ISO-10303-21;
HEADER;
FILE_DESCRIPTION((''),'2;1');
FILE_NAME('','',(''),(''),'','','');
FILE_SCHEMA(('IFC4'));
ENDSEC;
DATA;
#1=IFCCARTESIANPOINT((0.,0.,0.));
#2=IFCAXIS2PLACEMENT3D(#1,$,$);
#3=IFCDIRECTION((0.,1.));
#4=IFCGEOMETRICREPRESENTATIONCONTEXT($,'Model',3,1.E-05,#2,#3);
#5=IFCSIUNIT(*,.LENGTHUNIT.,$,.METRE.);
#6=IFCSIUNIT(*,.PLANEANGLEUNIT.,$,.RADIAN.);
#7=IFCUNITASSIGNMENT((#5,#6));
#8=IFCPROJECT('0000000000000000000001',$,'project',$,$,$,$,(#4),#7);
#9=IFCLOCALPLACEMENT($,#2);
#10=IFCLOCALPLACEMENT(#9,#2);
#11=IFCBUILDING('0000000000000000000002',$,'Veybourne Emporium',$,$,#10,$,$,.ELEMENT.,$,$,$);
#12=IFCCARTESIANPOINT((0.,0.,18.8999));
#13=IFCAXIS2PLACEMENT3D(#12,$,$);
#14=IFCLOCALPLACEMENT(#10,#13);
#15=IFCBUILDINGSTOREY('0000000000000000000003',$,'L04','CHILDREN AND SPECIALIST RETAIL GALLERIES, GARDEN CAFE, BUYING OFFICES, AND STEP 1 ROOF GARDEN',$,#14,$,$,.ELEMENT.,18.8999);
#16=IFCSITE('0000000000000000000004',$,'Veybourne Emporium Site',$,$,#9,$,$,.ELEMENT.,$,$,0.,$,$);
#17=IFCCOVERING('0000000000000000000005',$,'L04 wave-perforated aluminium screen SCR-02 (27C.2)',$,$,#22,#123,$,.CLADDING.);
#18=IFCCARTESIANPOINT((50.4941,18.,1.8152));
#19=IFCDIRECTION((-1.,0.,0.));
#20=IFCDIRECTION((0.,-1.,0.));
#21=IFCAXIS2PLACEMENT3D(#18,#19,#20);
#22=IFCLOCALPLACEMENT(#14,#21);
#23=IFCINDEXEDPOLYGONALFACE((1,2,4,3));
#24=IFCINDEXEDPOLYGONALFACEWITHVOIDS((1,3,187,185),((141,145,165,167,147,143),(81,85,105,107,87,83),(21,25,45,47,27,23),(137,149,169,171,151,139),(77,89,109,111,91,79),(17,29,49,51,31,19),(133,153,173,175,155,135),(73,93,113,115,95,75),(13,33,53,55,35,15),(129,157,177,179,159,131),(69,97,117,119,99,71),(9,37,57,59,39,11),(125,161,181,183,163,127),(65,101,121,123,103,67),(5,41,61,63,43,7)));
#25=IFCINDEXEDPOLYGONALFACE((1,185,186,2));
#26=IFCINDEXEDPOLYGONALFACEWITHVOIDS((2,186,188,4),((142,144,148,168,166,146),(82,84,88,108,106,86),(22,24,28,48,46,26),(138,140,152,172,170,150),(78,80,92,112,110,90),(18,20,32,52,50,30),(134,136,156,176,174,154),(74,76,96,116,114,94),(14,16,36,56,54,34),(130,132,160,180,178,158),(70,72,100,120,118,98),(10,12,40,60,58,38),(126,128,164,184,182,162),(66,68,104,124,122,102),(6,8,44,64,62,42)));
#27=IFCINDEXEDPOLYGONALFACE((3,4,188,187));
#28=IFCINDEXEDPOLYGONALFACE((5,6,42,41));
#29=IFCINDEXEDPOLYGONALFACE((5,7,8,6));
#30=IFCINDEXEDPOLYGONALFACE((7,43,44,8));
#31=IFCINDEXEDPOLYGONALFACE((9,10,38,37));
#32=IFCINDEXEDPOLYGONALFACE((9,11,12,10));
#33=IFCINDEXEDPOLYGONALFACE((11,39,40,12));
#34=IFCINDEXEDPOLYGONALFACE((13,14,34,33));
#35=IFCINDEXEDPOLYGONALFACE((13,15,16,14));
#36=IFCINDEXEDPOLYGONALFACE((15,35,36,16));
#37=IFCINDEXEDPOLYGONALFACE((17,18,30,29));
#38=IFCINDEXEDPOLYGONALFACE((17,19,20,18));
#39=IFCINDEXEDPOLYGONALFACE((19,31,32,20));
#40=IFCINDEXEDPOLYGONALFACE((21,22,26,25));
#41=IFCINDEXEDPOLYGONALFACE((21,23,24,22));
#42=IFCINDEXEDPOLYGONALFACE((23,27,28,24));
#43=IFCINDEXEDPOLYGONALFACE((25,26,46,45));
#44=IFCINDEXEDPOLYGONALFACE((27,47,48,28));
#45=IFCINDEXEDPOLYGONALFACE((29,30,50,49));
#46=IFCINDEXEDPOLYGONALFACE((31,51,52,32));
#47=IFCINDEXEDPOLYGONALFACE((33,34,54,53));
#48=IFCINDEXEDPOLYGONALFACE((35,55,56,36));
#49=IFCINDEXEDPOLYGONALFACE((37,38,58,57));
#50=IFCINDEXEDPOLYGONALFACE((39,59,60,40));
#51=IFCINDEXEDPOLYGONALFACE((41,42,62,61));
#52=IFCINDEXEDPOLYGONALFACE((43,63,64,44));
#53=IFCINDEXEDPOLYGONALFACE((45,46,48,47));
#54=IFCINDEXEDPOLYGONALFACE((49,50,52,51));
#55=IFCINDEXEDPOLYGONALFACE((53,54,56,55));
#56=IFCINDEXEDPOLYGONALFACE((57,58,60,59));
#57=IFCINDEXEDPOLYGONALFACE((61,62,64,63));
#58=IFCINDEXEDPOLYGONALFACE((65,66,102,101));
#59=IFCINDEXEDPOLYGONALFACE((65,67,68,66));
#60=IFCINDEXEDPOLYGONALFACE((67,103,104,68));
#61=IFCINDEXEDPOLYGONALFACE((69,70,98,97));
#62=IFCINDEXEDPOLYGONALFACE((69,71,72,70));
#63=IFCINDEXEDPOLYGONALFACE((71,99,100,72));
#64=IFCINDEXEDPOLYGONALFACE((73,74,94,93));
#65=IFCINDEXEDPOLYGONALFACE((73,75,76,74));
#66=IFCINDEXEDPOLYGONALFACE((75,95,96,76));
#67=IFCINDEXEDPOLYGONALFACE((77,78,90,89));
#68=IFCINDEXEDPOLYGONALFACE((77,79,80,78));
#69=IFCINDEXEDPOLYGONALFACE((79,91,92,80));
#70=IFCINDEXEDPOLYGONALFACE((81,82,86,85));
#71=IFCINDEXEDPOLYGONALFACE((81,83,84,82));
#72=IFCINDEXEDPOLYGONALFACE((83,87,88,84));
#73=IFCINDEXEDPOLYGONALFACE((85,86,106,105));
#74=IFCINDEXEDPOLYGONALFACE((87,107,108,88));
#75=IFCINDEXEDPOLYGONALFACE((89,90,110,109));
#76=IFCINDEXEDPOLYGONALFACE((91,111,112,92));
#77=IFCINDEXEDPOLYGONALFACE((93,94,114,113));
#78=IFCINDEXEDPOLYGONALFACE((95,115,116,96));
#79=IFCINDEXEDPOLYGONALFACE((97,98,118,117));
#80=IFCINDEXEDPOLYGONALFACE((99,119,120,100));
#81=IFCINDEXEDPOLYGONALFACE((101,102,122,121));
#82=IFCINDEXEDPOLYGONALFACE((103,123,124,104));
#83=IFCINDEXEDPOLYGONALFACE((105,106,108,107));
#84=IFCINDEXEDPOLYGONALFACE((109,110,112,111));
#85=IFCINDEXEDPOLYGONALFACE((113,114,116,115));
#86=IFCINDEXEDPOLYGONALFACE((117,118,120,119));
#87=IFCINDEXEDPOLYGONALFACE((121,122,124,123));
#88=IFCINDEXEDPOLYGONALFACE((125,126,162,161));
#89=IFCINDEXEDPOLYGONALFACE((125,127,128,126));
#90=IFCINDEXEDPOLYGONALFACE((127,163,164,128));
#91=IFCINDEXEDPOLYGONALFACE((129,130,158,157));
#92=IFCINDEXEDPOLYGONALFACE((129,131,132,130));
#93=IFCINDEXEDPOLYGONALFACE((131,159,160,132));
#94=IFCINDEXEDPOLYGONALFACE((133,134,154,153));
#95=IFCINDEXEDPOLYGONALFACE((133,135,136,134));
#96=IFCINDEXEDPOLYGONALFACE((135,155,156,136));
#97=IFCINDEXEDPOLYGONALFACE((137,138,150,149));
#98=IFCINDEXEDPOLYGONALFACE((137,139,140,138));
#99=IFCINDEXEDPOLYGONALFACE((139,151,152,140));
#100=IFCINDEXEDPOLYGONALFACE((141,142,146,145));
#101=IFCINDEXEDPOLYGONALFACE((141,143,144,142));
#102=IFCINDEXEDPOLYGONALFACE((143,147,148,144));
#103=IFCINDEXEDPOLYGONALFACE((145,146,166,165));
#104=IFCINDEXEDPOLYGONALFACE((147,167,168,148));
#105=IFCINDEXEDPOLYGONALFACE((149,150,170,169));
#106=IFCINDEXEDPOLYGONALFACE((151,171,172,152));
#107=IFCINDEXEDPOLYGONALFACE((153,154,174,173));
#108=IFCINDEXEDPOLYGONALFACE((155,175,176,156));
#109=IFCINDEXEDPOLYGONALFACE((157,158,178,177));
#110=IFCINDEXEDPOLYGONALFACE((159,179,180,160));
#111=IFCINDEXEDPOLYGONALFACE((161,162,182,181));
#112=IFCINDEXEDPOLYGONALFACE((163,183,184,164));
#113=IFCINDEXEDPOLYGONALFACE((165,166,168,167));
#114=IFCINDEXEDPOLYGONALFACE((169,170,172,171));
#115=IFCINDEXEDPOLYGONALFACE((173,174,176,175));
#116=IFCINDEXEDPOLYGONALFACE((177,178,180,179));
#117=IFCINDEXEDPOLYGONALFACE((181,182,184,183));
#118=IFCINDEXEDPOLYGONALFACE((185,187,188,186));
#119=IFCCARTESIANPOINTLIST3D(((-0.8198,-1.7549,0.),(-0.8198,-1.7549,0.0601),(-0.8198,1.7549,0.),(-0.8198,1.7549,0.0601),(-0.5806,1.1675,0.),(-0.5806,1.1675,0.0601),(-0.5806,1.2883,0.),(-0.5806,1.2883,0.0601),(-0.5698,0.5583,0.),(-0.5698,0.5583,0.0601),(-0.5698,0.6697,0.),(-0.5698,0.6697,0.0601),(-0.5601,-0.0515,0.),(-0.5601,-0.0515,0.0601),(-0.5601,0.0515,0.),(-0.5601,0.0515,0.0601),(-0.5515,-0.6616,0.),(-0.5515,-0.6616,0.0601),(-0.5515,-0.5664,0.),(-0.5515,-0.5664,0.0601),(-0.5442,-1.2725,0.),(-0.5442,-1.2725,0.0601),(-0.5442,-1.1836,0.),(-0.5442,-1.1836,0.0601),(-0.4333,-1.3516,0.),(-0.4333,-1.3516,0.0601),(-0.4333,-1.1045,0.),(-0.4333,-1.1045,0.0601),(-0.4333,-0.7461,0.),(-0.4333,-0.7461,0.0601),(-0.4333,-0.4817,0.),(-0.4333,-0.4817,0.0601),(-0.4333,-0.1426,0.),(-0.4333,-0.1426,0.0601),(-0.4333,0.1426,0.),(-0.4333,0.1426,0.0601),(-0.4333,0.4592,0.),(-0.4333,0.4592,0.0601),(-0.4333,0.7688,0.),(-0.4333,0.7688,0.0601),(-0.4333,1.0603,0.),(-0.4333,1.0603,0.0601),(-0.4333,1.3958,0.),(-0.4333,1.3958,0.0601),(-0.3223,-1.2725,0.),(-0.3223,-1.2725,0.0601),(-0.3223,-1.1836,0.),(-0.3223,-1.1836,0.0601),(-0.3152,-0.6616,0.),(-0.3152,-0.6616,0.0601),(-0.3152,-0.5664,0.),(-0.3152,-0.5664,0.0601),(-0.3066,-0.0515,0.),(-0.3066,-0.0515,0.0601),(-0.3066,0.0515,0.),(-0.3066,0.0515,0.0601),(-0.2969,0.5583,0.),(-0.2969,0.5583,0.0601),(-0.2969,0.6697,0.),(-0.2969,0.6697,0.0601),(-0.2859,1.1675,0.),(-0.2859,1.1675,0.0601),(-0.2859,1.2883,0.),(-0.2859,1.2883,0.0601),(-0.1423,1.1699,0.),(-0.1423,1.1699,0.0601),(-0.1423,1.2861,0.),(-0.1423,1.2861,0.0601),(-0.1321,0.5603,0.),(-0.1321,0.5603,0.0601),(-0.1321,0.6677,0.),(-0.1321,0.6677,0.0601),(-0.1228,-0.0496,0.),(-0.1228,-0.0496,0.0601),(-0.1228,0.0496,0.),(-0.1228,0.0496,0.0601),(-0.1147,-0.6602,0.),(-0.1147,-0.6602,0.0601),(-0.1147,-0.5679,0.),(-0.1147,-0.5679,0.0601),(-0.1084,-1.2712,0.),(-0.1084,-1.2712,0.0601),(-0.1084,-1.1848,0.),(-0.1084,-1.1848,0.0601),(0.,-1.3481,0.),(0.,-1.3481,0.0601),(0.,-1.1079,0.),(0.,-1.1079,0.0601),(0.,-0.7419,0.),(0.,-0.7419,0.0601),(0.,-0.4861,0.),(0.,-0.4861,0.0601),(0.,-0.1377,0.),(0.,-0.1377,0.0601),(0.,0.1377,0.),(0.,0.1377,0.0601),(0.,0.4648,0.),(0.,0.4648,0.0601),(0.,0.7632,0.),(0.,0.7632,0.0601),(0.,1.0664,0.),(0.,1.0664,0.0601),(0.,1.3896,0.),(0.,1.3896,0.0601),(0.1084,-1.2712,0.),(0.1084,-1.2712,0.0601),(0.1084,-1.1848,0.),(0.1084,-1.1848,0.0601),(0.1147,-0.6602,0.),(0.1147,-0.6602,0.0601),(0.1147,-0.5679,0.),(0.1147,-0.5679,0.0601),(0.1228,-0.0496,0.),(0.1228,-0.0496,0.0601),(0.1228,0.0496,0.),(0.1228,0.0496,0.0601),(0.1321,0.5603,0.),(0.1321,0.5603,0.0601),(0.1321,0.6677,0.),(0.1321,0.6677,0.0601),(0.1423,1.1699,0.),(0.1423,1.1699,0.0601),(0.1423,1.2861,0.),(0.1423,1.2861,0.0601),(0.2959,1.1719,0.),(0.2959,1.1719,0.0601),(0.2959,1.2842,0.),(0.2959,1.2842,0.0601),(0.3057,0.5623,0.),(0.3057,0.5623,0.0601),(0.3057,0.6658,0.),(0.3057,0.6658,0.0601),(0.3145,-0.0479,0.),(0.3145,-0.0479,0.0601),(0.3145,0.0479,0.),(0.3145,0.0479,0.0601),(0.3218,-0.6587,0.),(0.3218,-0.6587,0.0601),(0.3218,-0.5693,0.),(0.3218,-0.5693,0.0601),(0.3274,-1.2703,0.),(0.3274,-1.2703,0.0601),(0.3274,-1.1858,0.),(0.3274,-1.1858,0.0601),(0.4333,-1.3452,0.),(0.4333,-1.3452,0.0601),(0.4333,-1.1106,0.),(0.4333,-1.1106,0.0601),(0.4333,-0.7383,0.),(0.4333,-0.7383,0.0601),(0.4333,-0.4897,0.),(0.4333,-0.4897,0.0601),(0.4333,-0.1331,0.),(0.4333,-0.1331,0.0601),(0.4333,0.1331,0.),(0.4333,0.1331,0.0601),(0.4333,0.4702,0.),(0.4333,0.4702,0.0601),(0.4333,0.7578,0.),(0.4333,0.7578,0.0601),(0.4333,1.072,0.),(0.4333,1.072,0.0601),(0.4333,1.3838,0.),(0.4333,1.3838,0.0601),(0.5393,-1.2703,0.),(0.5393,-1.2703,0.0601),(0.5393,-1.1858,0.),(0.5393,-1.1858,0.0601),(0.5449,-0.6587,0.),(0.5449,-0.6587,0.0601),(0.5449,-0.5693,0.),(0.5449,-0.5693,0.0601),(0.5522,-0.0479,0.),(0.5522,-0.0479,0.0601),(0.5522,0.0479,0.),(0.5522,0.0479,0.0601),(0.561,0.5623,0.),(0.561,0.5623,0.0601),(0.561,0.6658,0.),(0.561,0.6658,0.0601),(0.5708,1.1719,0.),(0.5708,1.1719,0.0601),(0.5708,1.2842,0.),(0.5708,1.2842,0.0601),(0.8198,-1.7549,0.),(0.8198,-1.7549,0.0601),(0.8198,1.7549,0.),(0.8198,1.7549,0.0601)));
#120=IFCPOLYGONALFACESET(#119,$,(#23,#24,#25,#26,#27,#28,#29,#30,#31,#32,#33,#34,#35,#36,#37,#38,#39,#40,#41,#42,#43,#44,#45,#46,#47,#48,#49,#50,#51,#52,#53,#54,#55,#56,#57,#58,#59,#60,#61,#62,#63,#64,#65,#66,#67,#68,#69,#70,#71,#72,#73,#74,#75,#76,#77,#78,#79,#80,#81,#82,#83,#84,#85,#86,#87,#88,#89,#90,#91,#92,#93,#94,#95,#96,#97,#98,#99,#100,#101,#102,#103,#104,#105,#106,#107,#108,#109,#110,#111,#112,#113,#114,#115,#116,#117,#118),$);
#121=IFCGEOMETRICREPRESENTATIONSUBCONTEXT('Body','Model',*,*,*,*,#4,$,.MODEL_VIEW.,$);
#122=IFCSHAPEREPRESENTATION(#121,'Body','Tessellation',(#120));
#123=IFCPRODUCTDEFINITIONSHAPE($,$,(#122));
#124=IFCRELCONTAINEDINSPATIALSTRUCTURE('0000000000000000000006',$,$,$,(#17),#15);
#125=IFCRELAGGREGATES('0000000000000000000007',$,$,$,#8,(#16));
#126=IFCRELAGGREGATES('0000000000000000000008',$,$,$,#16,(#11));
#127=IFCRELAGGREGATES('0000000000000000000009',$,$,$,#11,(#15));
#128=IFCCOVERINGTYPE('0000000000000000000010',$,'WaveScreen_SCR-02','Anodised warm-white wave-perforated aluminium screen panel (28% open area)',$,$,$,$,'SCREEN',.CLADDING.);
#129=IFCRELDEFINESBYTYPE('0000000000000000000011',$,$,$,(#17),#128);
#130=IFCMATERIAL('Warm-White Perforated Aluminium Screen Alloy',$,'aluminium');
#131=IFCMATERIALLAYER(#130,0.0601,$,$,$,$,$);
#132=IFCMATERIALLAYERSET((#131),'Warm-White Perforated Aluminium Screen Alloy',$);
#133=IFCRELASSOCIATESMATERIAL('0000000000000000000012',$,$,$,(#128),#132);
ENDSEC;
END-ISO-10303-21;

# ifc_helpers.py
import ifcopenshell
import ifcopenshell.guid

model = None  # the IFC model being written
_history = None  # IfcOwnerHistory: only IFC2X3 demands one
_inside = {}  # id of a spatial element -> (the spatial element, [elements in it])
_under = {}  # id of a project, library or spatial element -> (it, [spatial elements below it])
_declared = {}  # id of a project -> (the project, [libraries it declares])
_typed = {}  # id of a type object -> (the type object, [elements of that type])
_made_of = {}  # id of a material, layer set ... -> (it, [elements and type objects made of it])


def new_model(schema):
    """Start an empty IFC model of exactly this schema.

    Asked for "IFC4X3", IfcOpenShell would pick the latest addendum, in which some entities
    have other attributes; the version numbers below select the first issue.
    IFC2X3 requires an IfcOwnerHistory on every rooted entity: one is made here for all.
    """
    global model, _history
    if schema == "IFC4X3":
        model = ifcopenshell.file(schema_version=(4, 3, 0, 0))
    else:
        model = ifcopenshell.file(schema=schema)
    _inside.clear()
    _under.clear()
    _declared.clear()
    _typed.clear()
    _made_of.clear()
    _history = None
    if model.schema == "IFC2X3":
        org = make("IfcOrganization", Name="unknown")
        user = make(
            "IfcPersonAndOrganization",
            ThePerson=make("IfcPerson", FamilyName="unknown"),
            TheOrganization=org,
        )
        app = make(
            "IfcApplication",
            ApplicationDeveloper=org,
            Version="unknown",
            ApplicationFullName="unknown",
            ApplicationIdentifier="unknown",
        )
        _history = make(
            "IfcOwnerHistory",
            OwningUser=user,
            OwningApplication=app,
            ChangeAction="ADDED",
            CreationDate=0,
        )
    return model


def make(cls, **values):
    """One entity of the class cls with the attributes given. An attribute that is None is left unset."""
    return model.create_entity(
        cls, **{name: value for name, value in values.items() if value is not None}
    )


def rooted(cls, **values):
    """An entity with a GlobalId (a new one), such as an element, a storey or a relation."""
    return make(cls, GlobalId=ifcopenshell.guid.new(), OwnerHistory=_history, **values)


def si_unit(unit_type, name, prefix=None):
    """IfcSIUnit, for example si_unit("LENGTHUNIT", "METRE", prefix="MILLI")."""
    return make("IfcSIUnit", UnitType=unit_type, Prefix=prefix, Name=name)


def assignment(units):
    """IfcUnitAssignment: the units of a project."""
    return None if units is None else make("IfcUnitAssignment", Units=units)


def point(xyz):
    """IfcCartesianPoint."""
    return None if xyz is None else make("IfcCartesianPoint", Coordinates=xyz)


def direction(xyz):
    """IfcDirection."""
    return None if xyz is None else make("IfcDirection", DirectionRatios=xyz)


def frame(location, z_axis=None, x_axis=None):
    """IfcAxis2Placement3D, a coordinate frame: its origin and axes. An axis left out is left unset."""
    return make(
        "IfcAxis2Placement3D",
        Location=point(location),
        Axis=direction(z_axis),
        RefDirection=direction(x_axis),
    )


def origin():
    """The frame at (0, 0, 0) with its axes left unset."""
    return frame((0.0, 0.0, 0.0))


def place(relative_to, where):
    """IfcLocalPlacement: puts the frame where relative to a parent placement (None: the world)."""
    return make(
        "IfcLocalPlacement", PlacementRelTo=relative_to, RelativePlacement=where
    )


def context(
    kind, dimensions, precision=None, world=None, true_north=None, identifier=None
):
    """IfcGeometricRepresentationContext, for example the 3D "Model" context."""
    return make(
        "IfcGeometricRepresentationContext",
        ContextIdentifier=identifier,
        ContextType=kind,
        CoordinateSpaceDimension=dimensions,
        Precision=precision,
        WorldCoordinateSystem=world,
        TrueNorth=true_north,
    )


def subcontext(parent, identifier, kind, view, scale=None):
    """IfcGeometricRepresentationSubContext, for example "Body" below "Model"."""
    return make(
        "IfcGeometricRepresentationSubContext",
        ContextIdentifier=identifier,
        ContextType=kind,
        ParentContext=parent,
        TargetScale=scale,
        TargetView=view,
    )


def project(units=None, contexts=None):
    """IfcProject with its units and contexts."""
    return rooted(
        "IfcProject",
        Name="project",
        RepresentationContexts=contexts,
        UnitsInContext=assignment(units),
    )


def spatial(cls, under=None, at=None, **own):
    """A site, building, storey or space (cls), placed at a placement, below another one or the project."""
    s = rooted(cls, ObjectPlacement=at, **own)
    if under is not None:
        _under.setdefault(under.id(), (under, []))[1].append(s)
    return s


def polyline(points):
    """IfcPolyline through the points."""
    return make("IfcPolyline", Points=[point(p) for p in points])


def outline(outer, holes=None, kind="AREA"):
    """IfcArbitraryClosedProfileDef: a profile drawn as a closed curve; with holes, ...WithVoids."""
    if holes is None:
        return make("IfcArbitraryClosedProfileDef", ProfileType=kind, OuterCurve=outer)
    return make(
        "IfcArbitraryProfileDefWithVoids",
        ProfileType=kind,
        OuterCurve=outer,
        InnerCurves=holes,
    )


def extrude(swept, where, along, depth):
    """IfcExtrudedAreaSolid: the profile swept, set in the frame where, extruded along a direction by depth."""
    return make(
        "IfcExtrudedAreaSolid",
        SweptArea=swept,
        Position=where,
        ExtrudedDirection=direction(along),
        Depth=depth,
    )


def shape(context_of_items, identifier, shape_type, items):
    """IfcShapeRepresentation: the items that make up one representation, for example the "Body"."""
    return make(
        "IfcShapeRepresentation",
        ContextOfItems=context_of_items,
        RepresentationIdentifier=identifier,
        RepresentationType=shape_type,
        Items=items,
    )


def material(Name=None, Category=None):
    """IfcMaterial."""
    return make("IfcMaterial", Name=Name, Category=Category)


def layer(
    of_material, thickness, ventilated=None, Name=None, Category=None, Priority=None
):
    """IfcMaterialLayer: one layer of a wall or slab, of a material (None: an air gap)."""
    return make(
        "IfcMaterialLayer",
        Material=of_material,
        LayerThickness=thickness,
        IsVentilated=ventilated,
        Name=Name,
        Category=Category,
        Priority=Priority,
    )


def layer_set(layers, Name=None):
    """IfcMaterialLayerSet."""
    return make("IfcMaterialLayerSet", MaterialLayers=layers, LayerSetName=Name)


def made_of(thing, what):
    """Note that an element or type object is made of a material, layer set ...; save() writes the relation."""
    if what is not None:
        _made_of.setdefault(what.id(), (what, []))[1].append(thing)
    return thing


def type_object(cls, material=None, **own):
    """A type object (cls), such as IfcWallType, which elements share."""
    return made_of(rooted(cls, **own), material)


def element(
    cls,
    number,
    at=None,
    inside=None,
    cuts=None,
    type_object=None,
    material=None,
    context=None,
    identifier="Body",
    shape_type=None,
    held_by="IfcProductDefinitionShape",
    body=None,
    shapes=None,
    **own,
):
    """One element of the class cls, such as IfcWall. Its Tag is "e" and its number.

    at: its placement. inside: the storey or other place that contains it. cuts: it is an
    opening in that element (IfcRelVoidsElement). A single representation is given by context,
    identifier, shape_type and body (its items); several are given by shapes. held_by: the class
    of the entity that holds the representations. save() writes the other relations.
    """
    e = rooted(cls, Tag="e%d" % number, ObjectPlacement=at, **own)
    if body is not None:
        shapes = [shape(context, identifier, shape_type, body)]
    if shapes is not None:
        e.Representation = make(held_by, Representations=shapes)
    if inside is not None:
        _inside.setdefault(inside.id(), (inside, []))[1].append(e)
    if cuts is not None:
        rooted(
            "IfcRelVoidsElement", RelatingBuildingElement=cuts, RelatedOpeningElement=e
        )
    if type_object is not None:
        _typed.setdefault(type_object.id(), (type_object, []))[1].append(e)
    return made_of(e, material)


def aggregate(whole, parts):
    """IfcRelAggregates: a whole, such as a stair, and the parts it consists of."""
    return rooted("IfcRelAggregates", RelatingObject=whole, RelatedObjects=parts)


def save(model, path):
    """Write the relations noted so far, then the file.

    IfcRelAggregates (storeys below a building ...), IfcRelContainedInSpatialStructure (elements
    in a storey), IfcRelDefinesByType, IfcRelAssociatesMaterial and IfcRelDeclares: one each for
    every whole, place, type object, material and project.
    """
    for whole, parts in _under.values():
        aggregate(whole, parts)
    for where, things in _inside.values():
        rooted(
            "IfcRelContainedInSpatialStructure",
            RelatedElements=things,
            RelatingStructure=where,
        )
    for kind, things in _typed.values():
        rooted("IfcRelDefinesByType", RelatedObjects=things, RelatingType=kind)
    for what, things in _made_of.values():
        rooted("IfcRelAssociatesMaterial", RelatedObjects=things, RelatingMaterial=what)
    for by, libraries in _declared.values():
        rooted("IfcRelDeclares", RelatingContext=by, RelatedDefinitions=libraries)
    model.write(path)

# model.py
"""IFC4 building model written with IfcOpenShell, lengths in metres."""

from ifc_helpers import new_model, si_unit, direction, frame, origin, place, context, subcontext, project, spatial, polyline, outline, extrude, material, layer, layer_set, type_object, element, save


model = new_model("IFC4")

# Units and contexts
model_context = context("Model", 3, precision=1e-05, world=origin(), true_north=direction((0.0, 1.0)))
body_context = subcontext(model_context, "Body", "Model", "MODEL_VIEW")
ifc_project = project(units=[si_unit("LENGTHUNIT", "METRE"), si_unit("PLANEANGLEUNIT", "RADIAN")], contexts=[model_context])

# Site, building, storey
site_placement = place(None, origin())
site = spatial("IfcSite", under=ifc_project, at=site_placement, Name="Veybourne Emporium Site", CompositionType="ELEMENT", RefElevation=0.0)
building_placement = place(site_placement, origin())
building = spatial("IfcBuilding", under=site, at=building_placement, Name="Veybourne Emporium", CompositionType="ELEMENT")
storey_placement = place(building_placement, frame((0.0, 0.0, 18.8999)))
storey = spatial("IfcBuildingStorey", under=building, at=storey_placement, Name="L04", Description="CHILDREN AND SPECIALIST RETAIL GALLERIES, GARDEN CAFE, BUYING OFFICES, AND STEP 1 ROOF GARDEN", CompositionType="ELEMENT", Elevation=18.8999)

# Covering
ifc_material_1 = material(Name="Warm-White Perforated Aluminium Screen Alloy", Category="aluminium")
ifc_layer_1 = layer(ifc_material_1, 0.0601)
ifc_layer_set_1 = layer_set([ifc_layer_1], Name="Warm-White Perforated Aluminium Screen Alloy")
covering_type_1 = type_object("IfcCoveringType", Name="WaveScreen_SCR-02", Description="Anodised warm-white wave-perforated aluminium screen panel (28% open area)", ElementType="SCREEN", PredefinedType="CLADDING", material=ifc_layer_set_1)
covering_1_placement = place(storey_placement, frame((50.4941, 18.0, 1.8152), z_axis=(-1.0, 0.0, 0.0), x_axis=(0.0, -1.0, 0.0)))
element("IfcCovering", 1, at=covering_1_placement, inside=storey, type_object=covering_type_1, Name="L04 wave-perforated aluminium screen SCR-02 (27C.2)", PredefinedType="CLADDING", context=body_context, shape_type="SweptSolid", body=[
    extrude(outline(polyline([(-0.8198, -1.7549), (0.8198, -1.7549), (0.8198, 1.7549), (-0.8198, 1.7549), (-0.8198, -1.7549)]), holes=[polyline([(-0.4333, -1.1045), (-0.3223, -1.1836), (-0.3223, -1.2725), (-0.4333, -1.3516), (-0.5442, -1.2725), (-0.5442, -1.1836), (-0.4333, -1.1045)]), polyline([(-0.4333, -0.4817), (-0.3152, -0.5664), (-0.3152, -0.6616), (-0.4333, -0.7461), (-0.5515, -0.6616), (-0.5515, -0.5664), (-0.4333, -0.4817)]), polyline([(-0.4333, 0.1426), (-0.3066, 0.0515), (-0.3066, -0.0515), (-0.4333, -0.1426), (-0.5601, -0.0515), (-0.5601, 0.0515), (-0.4333, 0.1426)]), polyline([(-0.4333, 0.7688), (-0.2969, 0.6697), (-0.2969, 0.5583), (-0.4333, 0.4592), (-0.5698, 0.5583), (-0.5698, 0.6697), (-0.4333, 0.7688)]), polyline([(-0.4333, 1.3958), (-0.2859, 1.2883), (-0.2859, 1.1675), (-0.4333, 1.0603), (-0.5806, 1.1675), (-0.5806, 1.2883), (-0.4333, 1.3958)]), polyline([(0.0, -1.1079), (0.1084, -1.1848), (0.1084, -1.2712), (0.0, -1.3481), (-0.1084, -1.2712), (-0.1084, -1.1848), (0.0, -1.1079)]), polyline([(0.0, -0.4861), (0.1147, -0.5679), (0.1147, -0.6602), (0.0, -0.7419), (-0.1147, -0.6602), (-0.1147, -0.5679), (0.0, -0.4861)]), polyline([(0.0, 0.1377), (0.1228, 0.0496), (0.1228, -0.0496), (0.0, -0.1377), (-0.1228, -0.0496), (-0.1228, 0.0496), (0.0, 0.1377)]), polyline([(0.0, 0.7632), (0.1321, 0.6677), (0.1321, 0.5603), (0.0, 0.4648), (-0.1321, 0.5603), (-0.1321, 0.6677), (0.0, 0.7632)]), polyline([(0.0, 1.3896), (0.1423, 1.2861), (0.1423, 1.1699), (0.0, 1.0664), (-0.1423, 1.1699), (-0.1423, 1.2861), (0.0, 1.3896)]), polyline([(0.4333, -1.1106), (0.5393, -1.1858), (0.5393, -1.2703), (0.4333, -1.3452), (0.3274, -1.2703), (0.3274, -1.1858), (0.4333, -1.1106)]), polyline([(0.4333, -0.4897), (0.5449, -0.5693), (0.5449, -0.6587), (0.4333, -0.7383), (0.3218, -0.6587), (0.3218, -0.5693), (0.4333, -0.4897)]), polyline([(0.4333, 0.1331), (0.5522, 0.0479), (0.5522, -0.0479), (0.4333, -0.1331), (0.3145, -0.0479), (0.3145, 0.0479), (0.4333, 0.1331)]), polyline([(0.4333, 0.7578), (0.561, 0.6658), (0.561, 0.5623), (0.4333, 0.4702), (0.3057, 0.5623), (0.3057, 0.6658), (0.4333, 0.7578)]), polyline([(0.4333, 1.3838), (0.5708, 1.2842), (0.5708, 1.1719), (0.4333, 1.072), (0.2959, 1.1719), (0.2959, 1.2842), (0.4333, 1.3838)])]), origin(), (0.0, 0.0, 1.0), 0.0601),
])

save(model, "model.ifc")
